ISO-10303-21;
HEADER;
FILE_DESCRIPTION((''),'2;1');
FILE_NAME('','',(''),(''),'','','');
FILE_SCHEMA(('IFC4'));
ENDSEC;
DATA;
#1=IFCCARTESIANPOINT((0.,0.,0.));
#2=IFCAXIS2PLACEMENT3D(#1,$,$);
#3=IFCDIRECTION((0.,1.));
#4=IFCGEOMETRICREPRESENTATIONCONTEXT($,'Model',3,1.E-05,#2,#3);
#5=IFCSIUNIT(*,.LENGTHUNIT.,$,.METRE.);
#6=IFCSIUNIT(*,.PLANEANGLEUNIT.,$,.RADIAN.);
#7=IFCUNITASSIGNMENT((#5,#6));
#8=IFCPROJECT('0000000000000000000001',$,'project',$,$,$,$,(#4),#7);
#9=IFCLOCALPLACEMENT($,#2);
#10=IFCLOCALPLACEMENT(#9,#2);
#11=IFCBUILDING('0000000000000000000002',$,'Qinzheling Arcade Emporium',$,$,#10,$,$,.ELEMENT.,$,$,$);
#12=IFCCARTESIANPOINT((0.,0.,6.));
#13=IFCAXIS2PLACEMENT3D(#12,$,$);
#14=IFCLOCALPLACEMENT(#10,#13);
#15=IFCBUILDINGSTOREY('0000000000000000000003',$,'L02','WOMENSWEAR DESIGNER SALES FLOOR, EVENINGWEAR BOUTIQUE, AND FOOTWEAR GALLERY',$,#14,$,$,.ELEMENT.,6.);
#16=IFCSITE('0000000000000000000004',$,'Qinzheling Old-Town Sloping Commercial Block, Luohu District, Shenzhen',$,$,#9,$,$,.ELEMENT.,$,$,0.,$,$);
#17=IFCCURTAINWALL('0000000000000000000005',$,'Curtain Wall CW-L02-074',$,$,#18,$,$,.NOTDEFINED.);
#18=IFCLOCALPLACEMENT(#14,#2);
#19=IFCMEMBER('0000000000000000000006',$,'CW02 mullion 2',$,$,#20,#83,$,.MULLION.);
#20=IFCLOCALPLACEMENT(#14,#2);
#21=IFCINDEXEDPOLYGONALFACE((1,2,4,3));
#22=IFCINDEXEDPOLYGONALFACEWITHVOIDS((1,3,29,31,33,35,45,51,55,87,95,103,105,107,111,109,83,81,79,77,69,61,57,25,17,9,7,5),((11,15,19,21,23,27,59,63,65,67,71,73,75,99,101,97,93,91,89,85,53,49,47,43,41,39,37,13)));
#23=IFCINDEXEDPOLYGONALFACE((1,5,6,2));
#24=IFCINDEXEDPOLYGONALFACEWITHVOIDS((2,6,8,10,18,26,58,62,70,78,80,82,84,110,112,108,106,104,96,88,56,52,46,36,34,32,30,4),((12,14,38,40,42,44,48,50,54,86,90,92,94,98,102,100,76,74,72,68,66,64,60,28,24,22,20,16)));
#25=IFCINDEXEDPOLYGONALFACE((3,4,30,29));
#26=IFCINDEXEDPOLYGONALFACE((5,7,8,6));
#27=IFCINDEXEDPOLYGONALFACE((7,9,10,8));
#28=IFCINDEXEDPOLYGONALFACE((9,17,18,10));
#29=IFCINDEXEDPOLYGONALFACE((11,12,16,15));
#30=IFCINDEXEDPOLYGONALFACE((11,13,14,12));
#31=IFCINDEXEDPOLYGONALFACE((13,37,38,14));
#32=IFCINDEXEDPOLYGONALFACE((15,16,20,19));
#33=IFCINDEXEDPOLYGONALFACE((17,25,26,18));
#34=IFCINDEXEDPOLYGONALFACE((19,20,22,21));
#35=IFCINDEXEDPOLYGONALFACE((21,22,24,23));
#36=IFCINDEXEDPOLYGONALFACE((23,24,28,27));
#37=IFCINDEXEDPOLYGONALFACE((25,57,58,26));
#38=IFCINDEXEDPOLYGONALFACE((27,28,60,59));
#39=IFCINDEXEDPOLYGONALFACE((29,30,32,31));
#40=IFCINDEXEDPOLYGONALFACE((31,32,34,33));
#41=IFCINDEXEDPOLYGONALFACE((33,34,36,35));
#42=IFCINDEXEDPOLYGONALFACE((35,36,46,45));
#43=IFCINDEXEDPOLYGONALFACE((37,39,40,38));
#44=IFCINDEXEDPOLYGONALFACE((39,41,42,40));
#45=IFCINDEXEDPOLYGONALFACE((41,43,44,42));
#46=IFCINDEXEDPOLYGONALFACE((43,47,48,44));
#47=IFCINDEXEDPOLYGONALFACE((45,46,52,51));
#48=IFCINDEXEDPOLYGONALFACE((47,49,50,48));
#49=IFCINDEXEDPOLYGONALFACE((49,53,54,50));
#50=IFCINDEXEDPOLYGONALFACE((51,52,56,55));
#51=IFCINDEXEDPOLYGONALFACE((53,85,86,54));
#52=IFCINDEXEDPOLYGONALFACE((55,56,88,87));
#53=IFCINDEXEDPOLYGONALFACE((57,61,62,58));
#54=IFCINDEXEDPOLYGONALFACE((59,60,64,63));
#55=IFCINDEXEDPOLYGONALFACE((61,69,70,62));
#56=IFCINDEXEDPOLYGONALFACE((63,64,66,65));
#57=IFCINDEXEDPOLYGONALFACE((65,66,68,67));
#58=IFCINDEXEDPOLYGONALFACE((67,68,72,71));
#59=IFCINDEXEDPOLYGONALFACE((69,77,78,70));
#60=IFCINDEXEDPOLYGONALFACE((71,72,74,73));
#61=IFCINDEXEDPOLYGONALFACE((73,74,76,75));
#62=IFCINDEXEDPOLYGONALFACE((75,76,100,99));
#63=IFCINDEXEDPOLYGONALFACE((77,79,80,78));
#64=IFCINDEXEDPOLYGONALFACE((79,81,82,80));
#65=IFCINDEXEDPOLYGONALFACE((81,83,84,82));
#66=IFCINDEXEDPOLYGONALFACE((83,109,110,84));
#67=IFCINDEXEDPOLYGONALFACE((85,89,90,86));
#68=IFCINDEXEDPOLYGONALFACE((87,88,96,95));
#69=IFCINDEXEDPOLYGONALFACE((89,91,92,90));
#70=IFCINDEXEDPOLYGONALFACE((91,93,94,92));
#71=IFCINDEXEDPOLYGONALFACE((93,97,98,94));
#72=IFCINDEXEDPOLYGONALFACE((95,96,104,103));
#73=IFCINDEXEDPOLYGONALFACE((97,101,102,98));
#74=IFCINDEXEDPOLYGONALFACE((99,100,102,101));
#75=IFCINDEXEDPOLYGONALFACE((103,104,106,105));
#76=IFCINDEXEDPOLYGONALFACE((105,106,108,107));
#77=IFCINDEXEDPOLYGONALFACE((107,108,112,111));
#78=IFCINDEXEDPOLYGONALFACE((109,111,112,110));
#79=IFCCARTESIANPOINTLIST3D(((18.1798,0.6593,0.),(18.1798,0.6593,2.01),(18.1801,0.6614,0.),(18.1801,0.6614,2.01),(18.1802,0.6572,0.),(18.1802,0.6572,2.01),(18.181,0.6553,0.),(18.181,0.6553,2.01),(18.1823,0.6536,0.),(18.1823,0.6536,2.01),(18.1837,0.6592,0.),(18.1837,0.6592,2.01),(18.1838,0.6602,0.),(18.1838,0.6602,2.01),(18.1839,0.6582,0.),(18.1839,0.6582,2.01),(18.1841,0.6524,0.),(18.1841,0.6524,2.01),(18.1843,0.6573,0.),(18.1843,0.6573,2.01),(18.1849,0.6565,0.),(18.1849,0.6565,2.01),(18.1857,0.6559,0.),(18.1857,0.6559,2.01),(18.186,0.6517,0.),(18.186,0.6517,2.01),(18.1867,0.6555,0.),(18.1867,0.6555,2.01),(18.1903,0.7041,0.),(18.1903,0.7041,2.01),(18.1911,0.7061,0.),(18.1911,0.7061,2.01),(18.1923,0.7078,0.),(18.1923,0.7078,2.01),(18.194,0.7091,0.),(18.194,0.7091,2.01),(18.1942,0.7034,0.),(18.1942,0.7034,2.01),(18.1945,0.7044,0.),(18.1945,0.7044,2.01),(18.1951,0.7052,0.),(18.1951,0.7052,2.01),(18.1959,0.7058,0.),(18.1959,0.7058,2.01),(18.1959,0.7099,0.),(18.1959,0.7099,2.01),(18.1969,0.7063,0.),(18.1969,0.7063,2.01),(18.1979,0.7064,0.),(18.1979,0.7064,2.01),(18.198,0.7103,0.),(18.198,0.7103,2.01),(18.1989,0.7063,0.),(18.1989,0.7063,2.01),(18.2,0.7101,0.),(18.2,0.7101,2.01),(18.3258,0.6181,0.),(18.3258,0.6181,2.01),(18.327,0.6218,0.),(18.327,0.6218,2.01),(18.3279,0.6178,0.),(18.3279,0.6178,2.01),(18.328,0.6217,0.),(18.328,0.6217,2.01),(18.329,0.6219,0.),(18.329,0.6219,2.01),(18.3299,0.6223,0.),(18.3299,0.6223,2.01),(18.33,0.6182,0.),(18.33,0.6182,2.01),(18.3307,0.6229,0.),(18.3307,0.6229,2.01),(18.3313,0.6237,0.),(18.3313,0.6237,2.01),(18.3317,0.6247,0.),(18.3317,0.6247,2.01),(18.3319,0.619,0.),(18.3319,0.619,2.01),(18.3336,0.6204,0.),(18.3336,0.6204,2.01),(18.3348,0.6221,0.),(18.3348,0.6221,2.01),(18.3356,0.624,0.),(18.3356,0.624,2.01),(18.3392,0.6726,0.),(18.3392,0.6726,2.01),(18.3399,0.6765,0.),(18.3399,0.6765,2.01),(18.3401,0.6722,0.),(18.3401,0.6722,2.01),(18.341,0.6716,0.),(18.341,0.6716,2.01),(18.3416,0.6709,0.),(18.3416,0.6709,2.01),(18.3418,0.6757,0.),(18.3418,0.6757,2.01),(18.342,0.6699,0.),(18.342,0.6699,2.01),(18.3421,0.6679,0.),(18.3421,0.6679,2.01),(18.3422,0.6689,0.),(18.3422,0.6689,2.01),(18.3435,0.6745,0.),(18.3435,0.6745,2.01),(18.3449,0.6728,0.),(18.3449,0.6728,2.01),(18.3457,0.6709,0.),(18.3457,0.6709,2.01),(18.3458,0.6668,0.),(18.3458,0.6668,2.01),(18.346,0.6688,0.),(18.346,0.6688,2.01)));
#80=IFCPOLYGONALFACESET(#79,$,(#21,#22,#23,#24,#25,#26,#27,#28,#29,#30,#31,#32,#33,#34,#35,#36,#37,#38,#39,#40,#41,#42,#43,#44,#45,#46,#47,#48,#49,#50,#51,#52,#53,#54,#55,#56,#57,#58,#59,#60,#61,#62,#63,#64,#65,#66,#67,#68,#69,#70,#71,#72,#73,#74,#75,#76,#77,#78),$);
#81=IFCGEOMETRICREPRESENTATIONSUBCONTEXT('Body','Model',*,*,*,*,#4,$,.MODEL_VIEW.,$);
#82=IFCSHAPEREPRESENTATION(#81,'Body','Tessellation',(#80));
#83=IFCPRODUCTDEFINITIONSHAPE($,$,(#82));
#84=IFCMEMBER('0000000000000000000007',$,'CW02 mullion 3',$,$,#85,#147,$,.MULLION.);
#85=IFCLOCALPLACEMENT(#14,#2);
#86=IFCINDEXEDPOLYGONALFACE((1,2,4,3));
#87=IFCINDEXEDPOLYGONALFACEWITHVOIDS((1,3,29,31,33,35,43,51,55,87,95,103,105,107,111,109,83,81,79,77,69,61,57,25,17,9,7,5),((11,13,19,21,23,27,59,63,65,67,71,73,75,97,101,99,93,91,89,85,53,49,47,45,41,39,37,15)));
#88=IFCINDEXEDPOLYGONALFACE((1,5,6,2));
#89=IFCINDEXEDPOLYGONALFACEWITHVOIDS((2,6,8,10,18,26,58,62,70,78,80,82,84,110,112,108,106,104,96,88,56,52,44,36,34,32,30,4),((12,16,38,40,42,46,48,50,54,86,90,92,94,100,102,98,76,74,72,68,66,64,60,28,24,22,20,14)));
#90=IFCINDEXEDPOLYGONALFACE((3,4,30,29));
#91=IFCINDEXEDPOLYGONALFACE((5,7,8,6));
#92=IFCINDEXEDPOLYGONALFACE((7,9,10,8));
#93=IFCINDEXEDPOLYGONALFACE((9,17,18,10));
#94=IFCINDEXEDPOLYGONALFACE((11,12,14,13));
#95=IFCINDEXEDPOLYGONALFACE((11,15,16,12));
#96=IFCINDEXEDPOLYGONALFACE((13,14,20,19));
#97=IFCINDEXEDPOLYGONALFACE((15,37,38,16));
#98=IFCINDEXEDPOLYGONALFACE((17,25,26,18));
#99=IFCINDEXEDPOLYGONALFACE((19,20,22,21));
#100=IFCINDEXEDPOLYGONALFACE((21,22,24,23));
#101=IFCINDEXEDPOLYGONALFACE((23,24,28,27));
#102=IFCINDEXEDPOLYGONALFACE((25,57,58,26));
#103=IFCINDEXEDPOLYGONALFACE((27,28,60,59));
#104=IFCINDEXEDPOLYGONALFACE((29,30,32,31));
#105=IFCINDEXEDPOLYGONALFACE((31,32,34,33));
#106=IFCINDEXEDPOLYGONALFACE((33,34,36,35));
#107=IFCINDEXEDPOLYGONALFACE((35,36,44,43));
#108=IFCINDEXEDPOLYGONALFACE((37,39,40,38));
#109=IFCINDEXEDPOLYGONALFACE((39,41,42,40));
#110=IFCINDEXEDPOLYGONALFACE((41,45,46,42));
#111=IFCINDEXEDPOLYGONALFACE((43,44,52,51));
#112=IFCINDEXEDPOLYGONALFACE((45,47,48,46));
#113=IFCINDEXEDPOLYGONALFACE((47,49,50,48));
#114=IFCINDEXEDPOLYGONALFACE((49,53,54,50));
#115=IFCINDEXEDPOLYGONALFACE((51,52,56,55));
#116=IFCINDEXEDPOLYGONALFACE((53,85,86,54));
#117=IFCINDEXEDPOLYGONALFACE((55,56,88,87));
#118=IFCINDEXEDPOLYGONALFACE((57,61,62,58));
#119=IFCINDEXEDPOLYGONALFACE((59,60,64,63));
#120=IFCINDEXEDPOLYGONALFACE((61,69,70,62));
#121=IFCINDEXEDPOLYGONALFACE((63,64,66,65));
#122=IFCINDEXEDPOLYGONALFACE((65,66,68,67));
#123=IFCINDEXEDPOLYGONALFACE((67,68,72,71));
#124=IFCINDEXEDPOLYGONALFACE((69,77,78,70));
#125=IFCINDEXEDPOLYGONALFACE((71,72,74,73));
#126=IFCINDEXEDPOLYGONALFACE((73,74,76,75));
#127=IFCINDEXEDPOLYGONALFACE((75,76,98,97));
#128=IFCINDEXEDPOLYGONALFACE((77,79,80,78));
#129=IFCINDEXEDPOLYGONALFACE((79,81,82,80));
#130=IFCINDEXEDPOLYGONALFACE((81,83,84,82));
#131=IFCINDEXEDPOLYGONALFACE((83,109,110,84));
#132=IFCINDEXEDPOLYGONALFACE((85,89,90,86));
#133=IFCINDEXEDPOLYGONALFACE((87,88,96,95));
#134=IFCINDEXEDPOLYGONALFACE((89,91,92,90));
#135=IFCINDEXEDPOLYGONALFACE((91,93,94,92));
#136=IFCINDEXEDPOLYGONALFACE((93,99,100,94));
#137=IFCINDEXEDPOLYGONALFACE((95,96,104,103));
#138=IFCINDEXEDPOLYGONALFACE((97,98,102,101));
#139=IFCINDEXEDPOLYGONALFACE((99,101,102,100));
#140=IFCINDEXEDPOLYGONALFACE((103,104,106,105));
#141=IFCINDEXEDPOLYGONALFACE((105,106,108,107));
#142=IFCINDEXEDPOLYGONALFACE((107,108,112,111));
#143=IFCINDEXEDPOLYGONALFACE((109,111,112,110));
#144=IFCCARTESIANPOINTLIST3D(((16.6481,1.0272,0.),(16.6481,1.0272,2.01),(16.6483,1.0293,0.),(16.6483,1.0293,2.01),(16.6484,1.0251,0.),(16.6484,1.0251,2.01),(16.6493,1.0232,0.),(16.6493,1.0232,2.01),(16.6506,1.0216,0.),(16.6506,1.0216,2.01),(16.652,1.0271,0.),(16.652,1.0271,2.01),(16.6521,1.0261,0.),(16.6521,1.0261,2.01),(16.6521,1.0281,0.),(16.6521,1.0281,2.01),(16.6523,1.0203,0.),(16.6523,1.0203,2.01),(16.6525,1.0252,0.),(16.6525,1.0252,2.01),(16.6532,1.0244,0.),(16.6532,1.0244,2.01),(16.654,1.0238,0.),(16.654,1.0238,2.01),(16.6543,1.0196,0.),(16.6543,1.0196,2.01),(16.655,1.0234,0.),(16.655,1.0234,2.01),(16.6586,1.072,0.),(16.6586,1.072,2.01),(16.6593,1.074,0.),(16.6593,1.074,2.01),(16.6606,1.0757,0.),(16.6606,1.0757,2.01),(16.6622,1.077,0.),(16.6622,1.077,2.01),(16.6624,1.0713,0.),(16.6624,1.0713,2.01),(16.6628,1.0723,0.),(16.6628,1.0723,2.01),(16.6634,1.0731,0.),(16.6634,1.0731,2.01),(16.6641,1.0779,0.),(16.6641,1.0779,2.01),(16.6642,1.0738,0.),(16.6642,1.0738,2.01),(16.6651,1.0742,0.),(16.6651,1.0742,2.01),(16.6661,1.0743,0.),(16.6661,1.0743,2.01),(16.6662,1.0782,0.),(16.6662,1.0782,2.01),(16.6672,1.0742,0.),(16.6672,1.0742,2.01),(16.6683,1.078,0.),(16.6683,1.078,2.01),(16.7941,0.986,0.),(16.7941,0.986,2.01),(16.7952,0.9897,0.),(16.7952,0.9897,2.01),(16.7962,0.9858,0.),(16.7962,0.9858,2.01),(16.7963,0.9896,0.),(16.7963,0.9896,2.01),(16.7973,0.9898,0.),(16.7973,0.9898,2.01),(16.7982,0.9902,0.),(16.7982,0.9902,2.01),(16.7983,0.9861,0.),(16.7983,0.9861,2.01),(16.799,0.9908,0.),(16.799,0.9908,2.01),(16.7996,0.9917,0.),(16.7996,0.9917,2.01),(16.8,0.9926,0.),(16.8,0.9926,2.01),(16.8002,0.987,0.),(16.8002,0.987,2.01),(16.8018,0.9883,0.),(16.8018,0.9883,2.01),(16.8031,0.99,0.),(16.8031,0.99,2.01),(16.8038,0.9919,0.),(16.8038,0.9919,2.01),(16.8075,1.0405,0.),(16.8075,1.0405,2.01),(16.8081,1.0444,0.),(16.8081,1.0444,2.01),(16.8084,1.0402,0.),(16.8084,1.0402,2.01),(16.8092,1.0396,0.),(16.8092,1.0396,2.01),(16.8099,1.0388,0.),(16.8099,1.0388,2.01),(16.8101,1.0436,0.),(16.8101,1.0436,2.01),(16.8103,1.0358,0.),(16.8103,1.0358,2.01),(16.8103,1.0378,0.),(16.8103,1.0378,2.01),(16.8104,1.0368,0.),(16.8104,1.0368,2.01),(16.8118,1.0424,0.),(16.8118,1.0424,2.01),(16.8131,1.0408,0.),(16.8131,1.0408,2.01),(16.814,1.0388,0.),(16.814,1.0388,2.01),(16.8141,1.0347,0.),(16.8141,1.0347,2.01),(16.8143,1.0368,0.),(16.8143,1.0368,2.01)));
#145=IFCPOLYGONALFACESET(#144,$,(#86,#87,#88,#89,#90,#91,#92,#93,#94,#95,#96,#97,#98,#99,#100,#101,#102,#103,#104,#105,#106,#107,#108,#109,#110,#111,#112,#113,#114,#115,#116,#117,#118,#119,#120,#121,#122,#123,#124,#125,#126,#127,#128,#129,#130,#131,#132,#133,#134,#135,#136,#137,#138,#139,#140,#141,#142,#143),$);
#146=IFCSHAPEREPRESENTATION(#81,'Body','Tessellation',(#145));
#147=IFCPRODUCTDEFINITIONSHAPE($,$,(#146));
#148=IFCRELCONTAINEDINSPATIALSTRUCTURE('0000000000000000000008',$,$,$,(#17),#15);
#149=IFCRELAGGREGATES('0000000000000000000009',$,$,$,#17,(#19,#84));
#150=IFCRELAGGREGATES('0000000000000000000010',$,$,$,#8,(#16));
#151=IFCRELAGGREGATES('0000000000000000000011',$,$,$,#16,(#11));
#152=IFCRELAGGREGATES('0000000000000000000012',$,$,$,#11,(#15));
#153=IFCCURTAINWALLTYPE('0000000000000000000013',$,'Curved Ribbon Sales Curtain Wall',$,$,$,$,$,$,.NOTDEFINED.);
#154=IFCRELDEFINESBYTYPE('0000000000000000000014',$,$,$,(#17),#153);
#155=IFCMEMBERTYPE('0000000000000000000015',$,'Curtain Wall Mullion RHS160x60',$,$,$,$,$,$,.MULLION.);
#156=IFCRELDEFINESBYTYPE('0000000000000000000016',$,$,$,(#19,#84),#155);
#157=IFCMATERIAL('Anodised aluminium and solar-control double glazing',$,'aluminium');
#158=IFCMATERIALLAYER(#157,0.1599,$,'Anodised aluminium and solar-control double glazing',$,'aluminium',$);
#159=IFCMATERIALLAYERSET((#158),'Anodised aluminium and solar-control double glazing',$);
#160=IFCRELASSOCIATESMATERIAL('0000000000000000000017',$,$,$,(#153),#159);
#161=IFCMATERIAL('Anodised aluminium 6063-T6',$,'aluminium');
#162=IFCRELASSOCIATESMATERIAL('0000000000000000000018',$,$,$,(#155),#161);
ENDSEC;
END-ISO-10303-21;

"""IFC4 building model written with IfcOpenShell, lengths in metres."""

from ifc_helpers import new_model, si_unit, direction, frame, origin, origin_2d, place, context, subcontext, project, spatial, hollow_rectangle, extrude, material, layer, layer_set, material_profile, profile_set, type_object, element, aggregate, save


model = new_model("IFC4")

# Units and contexts
model_context = context("Model", 3, precision=1e-05, world=origin(), true_north=direction((0.0, 1.0)))
body_context = subcontext(model_context, "Body", "Model", "MODEL_VIEW")
ifc_project = project(units=[si_unit("LENGTHUNIT", "METRE"), si_unit("PLANEANGLEUNIT", "RADIAN")], contexts=[model_context])

# Site, building, storey
site_placement = place(None, origin())
site = spatial("IfcSite", under=ifc_project, at=site_placement, Name="Qinzheling Old-Town Sloping Commercial Block, Luohu District, Shenzhen", CompositionType="ELEMENT", RefElevation=0.0)
building_placement = place(site_placement, origin())
building = spatial("IfcBuilding", under=site, at=building_placement, Name="Qinzheling Arcade Emporium", CompositionType="ELEMENT")
storey_placement = place(building_placement, frame((0.0, 0.0, 6.0)))
storey = spatial("IfcBuildingStorey", under=building, at=storey_placement, Name="L02", Description="WOMENSWEAR DESIGNER SALES FLOOR, EVENINGWEAR BOUTIQUE, AND FOOTWEAR GALLERY", CompositionType="ELEMENT", Elevation=6.0)

# Shared definitions
ifc_material_1 = material(Name="Anodised aluminium and solar-control double glazing", Category="aluminium")
ifc_layer_1 = layer(ifc_material_1, 0.1599, Name="Anodised aluminium and solar-control double glazing", Category="aluminium")
ifc_layer_set_1 = layer_set([ifc_layer_1], Name="Anodised aluminium and solar-control double glazing")
curtain_wall_type = type_object("IfcCurtainWallType", Name="Curved Ribbon Sales Curtain Wall", PredefinedType="NOTDEFINED", material=ifc_layer_set_1)
ifc_material_2 = material(Name="Anodised aluminium 6063-T6", Category="aluminium")
ifc_material_profile_1 = material_profile(ifc_material_2, hollow_rectangle(XDim=0.0601, YDim=0.1599, WallThickness=0.0039, InnerFilletRadius=0.0039, OuterFilletRadius=0.0081, at=origin_2d()), Name="RHS 160x60x4", Category="aluminium")
ifc_profile_set_1 = profile_set([ifc_material_profile_1], Name="Anodised aluminium 6063-T6")
member_type_1 = type_object("IfcMemberType", Name="Curtain Wall Mullion RHS160x60", PredefinedType="MULLION", material=ifc_profile_set_1)

# Curtain wall, members
curtain_wall_1_placement = place(storey_placement, origin())
curtain_wall_1 = element("IfcCurtainWall", 1, at=curtain_wall_1_placement, inside=storey, type_object=curtain_wall_type, Name="Curtain Wall CW-L02-074", PredefinedType="NOTDEFINED")
member_1_placement = place(storey_placement, frame((18.2629, 0.6641, 0.0), z_axis=(0.0, 0.0, 1.0), x_axis=(-0.233585, -0.972336, 0.0)))
member_1 = element("IfcMember", 2, at=member_1_placement, type_object=member_type_1, Name="CW02 mullion 2", PredefinedType="MULLION", context=body_context, shape_type="SweptSolid", body=[
    extrude(hollow_rectangle(XDim=0.0601, YDim=0.1599, WallThickness=0.0039, InnerFilletRadius=0.0039, OuterFilletRadius=0.0081, at=origin_2d()), origin(), (0.0, 0.0, 1.0), 2.01),
])
member_2_placement = place(storey_placement, frame((16.7312, 1.032, 0.0), z_axis=(0.0, 0.0, 1.0), x_axis=(-0.233585, -0.972336, 0.0)))
member_2 = element("IfcMember", 3, at=member_2_placement, type_object=member_type_1, Name="CW02 mullion 3", PredefinedType="MULLION", context=body_context, shape_type="SweptSolid", body=[
    extrude(hollow_rectangle(XDim=0.0601, YDim=0.1599, WallThickness=0.0039, InnerFilletRadius=0.0039, OuterFilletRadius=0.0081, at=origin_2d()), origin(), (0.0, 0.0, 1.0), 2.01),
])

aggregate(curtain_wall_1, [member_1, member_2])

save(model, "model.ifc")
